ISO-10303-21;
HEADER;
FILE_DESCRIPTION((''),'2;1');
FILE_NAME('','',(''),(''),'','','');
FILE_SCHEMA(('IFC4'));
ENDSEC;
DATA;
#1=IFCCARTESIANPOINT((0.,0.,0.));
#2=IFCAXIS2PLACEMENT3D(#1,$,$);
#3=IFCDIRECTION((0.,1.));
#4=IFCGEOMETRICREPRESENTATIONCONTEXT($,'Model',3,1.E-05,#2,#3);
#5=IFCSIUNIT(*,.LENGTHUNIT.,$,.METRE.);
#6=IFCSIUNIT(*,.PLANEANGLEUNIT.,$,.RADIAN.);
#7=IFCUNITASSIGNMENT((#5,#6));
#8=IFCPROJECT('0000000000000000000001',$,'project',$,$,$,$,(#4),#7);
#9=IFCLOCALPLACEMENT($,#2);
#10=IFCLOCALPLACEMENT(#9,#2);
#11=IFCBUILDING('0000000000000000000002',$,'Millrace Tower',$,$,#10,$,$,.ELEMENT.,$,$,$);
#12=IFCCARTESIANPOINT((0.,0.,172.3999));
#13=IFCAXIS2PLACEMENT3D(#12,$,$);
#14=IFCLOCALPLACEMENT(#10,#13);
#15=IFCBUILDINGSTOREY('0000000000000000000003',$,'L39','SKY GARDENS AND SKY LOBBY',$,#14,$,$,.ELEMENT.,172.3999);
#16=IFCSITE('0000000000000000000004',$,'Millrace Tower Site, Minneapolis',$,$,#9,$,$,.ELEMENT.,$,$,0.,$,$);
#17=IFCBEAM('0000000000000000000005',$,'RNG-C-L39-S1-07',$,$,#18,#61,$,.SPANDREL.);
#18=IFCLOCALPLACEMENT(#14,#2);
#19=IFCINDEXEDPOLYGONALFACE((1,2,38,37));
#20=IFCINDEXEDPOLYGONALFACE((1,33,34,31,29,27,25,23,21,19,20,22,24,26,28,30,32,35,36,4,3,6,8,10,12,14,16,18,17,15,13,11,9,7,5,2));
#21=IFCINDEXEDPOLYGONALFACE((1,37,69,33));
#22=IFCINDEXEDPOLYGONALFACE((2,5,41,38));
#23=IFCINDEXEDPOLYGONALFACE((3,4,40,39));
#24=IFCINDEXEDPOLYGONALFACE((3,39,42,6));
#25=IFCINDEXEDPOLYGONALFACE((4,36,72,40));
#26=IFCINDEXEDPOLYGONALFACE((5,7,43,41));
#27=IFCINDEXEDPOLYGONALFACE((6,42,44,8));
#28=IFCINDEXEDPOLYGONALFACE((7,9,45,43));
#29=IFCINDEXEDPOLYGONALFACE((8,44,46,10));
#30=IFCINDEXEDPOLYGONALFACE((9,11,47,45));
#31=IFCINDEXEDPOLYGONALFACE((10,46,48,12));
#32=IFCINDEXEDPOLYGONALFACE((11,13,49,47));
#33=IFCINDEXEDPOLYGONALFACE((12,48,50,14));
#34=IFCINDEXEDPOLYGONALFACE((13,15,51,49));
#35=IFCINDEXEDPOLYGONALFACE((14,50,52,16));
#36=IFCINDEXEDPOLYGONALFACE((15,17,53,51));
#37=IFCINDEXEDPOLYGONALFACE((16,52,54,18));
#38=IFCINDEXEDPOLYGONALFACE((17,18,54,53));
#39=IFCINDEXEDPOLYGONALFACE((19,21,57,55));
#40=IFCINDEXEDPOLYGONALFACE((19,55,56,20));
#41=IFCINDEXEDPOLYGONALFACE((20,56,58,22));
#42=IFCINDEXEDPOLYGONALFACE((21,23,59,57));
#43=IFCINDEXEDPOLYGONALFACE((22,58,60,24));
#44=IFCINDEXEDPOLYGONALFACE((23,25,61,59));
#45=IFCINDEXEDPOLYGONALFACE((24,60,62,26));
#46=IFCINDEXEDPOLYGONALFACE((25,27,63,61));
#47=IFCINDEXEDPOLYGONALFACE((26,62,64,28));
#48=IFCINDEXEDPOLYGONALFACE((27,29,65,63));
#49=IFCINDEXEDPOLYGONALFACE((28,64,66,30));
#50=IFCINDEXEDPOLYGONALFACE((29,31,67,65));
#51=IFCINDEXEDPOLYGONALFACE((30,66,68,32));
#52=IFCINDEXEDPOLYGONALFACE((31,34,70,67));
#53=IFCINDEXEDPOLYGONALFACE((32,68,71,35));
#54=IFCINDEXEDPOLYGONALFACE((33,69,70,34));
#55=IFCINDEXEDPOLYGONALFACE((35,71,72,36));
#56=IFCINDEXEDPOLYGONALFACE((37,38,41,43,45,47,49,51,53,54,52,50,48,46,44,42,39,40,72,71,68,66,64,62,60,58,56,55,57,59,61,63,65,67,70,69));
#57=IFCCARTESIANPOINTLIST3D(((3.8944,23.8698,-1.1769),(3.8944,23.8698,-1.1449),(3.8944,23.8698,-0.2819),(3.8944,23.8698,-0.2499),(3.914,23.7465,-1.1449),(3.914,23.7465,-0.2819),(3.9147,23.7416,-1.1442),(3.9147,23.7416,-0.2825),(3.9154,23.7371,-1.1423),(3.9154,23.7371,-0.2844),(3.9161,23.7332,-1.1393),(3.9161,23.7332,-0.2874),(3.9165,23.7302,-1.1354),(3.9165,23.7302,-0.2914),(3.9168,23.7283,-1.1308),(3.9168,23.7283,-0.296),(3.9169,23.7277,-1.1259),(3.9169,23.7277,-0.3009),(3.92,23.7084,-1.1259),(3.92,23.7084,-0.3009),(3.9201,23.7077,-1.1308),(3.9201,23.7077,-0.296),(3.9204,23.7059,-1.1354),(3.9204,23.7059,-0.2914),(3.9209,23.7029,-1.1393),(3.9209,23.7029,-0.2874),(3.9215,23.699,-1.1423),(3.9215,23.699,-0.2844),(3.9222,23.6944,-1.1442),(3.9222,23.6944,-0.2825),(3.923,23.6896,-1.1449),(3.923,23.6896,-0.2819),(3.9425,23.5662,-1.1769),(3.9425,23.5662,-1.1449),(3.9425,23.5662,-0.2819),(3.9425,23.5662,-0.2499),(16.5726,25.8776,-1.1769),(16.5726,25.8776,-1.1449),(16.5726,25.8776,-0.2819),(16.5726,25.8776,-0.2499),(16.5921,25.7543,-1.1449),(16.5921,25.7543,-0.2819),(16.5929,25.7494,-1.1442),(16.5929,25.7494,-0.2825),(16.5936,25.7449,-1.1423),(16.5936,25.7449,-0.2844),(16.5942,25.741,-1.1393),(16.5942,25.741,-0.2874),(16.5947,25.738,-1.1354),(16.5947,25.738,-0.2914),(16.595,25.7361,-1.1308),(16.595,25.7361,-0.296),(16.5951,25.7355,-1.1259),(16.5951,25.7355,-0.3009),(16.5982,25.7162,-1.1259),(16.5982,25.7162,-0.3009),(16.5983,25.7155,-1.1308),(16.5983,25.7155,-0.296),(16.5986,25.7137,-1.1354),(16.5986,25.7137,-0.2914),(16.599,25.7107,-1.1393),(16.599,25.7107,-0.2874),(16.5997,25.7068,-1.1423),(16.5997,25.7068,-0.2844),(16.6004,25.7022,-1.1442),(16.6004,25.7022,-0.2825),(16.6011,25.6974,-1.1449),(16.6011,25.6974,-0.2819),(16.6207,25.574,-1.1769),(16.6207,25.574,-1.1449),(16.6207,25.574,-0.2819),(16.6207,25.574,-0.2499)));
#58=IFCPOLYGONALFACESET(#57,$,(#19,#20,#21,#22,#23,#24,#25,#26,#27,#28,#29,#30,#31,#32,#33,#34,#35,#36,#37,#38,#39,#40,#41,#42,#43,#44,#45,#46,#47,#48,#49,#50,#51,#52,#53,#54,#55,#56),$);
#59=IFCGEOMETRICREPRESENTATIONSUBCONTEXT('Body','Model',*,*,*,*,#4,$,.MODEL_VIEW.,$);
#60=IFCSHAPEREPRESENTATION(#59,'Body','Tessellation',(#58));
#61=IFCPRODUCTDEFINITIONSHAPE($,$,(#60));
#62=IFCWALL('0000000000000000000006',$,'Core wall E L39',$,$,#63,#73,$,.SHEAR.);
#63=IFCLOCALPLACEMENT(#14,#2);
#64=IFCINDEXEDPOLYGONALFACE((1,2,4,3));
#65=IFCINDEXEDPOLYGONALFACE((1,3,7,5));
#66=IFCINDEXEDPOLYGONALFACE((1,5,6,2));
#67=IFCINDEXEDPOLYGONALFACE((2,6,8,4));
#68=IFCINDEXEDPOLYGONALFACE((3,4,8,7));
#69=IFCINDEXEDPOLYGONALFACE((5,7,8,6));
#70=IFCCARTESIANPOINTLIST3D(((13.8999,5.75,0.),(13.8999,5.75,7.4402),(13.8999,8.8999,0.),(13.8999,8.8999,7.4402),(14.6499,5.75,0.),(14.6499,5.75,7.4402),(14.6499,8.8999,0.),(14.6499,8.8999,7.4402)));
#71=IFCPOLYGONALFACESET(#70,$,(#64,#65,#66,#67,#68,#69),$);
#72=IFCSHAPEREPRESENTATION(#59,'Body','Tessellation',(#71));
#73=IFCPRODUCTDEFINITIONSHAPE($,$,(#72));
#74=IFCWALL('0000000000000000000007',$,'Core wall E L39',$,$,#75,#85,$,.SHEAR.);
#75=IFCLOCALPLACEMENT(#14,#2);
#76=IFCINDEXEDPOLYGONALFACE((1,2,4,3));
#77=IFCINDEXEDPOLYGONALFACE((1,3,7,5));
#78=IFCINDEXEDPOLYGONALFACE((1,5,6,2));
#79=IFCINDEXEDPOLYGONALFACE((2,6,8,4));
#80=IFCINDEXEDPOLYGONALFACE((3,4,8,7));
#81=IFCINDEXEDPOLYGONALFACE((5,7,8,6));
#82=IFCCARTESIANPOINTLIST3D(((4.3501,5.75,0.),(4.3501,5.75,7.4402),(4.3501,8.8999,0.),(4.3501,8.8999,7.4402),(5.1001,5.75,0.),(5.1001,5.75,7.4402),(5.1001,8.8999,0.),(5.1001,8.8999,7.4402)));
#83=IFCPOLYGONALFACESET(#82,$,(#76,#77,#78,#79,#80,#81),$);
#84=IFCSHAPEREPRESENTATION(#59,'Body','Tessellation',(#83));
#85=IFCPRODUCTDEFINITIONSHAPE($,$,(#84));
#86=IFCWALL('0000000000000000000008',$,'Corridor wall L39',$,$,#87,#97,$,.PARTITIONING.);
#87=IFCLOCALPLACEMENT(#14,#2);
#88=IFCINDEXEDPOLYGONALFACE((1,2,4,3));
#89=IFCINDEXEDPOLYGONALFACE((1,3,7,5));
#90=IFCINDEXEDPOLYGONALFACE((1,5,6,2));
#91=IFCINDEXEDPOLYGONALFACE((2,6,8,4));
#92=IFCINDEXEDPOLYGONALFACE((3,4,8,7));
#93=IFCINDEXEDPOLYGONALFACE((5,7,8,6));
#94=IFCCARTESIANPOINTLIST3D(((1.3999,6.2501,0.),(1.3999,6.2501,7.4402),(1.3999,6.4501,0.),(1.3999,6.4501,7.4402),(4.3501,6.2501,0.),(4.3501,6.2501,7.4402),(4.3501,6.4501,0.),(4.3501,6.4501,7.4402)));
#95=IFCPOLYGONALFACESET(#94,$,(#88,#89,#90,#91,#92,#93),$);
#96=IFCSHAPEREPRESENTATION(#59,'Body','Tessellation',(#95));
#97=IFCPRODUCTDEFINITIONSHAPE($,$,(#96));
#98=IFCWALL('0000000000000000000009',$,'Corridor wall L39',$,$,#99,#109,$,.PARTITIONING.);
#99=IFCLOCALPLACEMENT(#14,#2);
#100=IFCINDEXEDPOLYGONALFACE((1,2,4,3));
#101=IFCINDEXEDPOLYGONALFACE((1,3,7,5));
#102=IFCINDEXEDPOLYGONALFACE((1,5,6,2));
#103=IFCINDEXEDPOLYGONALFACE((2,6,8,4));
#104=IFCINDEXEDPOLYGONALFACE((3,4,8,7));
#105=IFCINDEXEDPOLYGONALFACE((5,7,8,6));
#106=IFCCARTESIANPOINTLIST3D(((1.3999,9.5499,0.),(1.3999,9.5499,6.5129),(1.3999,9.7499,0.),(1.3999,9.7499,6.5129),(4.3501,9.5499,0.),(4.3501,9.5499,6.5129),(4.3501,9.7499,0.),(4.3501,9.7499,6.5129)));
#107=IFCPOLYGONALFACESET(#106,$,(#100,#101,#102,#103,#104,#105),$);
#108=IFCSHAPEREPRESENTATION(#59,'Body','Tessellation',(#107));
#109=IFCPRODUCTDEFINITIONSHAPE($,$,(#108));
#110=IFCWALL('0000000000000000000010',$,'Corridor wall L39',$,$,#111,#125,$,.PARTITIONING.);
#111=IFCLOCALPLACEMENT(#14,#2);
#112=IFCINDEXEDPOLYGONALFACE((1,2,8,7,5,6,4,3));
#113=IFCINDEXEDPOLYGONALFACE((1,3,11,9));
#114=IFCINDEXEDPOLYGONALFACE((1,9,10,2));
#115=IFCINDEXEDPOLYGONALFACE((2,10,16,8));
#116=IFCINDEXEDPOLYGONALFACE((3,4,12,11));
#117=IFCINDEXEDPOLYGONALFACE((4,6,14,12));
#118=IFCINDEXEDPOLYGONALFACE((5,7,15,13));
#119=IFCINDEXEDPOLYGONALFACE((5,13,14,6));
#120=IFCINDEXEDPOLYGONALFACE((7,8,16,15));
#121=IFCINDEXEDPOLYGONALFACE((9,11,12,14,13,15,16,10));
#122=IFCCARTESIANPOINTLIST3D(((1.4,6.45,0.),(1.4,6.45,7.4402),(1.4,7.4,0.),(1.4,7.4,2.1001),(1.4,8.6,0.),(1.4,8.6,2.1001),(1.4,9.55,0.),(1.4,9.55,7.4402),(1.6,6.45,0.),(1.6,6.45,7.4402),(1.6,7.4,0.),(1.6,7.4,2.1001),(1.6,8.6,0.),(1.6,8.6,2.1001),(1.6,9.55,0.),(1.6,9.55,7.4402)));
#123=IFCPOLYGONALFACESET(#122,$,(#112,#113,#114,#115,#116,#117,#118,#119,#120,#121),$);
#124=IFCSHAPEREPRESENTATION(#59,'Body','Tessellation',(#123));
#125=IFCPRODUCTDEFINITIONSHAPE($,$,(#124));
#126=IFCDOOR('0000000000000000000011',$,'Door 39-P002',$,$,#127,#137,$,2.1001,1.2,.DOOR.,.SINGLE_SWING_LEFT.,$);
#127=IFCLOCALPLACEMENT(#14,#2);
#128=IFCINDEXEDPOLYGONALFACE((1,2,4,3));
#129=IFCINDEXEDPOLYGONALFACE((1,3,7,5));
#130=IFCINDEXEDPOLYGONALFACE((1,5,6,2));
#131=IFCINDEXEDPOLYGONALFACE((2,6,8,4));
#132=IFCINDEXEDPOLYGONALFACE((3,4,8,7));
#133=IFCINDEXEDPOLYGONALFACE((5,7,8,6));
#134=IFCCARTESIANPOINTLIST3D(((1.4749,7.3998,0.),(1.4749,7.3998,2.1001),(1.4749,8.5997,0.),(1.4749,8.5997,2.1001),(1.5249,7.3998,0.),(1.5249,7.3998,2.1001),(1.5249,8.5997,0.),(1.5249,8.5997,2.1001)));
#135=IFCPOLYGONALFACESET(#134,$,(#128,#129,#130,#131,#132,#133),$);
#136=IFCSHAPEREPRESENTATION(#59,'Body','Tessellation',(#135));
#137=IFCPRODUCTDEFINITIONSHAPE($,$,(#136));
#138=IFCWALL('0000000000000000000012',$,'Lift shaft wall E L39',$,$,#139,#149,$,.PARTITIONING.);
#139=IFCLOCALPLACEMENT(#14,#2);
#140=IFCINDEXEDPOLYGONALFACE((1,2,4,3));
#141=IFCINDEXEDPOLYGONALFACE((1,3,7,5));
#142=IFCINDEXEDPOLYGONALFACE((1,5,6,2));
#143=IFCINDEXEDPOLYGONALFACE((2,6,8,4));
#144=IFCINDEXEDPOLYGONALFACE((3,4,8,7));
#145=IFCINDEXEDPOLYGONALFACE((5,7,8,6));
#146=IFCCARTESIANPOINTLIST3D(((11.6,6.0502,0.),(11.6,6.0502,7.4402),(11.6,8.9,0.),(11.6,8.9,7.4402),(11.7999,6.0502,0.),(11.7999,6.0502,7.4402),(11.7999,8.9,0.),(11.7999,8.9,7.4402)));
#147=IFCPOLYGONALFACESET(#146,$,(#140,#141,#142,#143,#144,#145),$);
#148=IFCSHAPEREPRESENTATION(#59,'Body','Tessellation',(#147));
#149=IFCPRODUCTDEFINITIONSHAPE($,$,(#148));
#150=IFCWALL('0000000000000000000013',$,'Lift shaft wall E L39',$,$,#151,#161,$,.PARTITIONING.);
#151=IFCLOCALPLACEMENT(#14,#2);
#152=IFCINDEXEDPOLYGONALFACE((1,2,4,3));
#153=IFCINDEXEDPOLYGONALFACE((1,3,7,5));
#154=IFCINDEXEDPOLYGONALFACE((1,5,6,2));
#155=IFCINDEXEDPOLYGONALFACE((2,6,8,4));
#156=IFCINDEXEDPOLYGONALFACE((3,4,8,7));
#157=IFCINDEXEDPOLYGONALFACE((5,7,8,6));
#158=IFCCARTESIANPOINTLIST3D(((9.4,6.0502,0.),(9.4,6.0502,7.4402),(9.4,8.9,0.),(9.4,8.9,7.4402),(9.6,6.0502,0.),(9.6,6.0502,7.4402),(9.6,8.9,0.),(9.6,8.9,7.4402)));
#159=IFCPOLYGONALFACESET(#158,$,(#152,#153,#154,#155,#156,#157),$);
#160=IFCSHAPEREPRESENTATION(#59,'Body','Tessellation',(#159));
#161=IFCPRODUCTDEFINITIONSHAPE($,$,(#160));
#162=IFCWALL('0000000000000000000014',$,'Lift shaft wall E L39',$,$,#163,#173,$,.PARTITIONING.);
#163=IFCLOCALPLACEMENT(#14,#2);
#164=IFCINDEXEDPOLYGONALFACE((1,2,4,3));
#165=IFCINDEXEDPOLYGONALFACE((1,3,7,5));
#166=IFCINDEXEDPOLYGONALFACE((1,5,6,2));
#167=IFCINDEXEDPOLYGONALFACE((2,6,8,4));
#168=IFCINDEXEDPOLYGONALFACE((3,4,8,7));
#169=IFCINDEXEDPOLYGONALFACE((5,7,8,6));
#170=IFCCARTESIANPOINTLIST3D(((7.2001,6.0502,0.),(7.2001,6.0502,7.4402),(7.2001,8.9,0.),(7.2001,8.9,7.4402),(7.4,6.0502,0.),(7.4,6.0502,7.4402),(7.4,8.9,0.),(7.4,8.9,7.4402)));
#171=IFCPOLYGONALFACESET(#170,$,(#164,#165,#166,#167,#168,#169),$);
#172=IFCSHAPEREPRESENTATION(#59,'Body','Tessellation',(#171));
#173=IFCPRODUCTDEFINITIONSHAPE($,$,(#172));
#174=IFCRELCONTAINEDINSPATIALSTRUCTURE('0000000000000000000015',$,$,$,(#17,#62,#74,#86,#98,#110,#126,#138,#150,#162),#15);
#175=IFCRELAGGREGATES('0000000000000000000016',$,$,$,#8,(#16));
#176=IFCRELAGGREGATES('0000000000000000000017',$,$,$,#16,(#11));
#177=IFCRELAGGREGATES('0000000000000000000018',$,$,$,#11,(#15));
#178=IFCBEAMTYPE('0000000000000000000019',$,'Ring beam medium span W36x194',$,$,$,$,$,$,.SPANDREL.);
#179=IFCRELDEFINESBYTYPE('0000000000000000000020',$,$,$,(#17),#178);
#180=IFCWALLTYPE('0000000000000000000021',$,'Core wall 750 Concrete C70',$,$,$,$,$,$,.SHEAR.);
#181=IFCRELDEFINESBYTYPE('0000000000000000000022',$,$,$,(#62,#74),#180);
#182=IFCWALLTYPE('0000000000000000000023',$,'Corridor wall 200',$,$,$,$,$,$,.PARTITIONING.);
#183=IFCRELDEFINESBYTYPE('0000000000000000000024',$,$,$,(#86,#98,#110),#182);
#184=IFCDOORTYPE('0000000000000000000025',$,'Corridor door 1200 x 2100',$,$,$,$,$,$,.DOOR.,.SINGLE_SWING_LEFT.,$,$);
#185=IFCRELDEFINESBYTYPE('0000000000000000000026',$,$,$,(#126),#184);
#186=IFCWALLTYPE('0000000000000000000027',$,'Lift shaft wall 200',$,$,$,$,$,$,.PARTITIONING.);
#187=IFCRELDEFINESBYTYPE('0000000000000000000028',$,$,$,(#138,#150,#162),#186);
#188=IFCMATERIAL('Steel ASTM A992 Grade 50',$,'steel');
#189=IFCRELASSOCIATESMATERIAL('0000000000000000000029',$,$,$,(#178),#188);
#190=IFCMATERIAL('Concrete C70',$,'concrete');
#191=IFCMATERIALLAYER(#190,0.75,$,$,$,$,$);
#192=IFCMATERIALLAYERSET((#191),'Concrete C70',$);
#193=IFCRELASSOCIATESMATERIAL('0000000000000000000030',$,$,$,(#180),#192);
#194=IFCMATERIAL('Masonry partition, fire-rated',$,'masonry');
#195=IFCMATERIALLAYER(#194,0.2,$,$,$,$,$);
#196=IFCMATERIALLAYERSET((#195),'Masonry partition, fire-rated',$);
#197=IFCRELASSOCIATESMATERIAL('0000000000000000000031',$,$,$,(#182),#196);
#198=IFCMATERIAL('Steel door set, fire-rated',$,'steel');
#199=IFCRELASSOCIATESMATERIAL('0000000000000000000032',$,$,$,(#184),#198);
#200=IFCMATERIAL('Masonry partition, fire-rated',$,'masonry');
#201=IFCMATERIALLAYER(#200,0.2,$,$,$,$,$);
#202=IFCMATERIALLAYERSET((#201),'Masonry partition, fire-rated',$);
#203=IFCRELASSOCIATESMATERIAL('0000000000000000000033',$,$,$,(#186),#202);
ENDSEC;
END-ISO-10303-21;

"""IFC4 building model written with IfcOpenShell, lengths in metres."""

from ifc_helpers import new_model, si_unit, direction, frame, frame_2d, origin, origin_2d, place, context, subcontext, project, spatial, rectangle, i_section, extrude, material, layer, layer_set, material_profile, profile_set, type_object, element, fill, save


model = new_model("IFC4")

# Units and contexts
model_context = context("Model", 3, precision=1e-05, world=origin(), true_north=direction((0.0, 1.0)))
body_context = subcontext(model_context, "Body", "Model", "MODEL_VIEW")
ifc_project = project(units=[si_unit("LENGTHUNIT", "METRE"), si_unit("PLANEANGLEUNIT", "RADIAN")], contexts=[model_context])

# Site, building, storey
site_placement = place(None, origin())
site = spatial("IfcSite", under=ifc_project, at=site_placement, Name="Millrace Tower Site, Minneapolis", CompositionType="ELEMENT", RefElevation=0.0)
building_placement = place(site_placement, origin())
building = spatial("IfcBuilding", under=site, at=building_placement, Name="Millrace Tower", CompositionType="ELEMENT")
storey_placement = place(building_placement, frame((0.0, 0.0, 172.3999)))
storey = spatial("IfcBuildingStorey", under=building, at=storey_placement, Name="L39", Description="SKY GARDENS AND SKY LOBBY", CompositionType="ELEMENT", Elevation=172.3999)

# Beam
ifc_material_1 = material(Name="Steel ASTM A992 Grade 50", Category="steel")
ifc_material_profile_1 = material_profile(ifc_material_1, i_section(OverallWidth=0.3074, OverallDepth=0.927, WebThickness=0.0195, FlangeThickness=0.032, FilletRadius=0.019, at=origin_2d()))
ifc_profile_set_1 = profile_set([ifc_material_profile_1], Name="Steel ASTM A992 Grade 50")
beam_type_1 = type_object("IfcBeamType", Name="Ring beam medium span W36x194", PredefinedType="SPANDREL", material=ifc_profile_set_1)
beam_1_placement = place(storey_placement, frame((3.9185, 23.718, -0.7134), z_axis=(0.987691, 0.156418, 0.0), x_axis=(-0.156418, 0.987691, 0.0)))
element("IfcBeam", 1, at=beam_1_placement, inside=storey, type_object=beam_type_1, Name="RNG-C-L39-S1-07", PredefinedType="SPANDREL", context=body_context, shape_type="SweptSolid", body=[
    extrude(i_section(OverallWidth=0.3074, OverallDepth=0.927, WebThickness=0.0195, FlangeThickness=0.032, FilletRadius=0.019, at=origin_2d()), origin(), (0.0, 0.0, 1.0), 12.8362),
])

# Walls
ifc_material_2 = material(Name="Concrete C70", Category="concrete")
ifc_layer_1 = layer(ifc_material_2, 0.75)
ifc_layer_set_1 = layer_set([ifc_layer_1], Name="Concrete C70")
wall_type_1 = type_object("IfcWallType", Name="Core wall 750 Concrete C70", PredefinedType="SHEAR", material=ifc_layer_set_1)
for number, where, z_axis, x_axis, name in (
    (2, (14.2749, 8.8999, 0.0), (0.0, 0.0, 1.0), (0.0, -1.0, 0.0), "Core wall E L39"),
    (3, (4.7251, 8.8999, 0.0), (0.0, 0.0, 1.0), (0.0, -1.0, 0.0), "Core wall E L39"),
):
    element("IfcWall", number, at=place(storey_placement, frame(where, z_axis=z_axis, x_axis=x_axis)), inside=storey, type_object=wall_type_1, Name=name, PredefinedType="SHEAR", context=body_context, shape_type="SweptSolid", body=[
        extrude(rectangle(XDim=3.1499, YDim=0.75, at=frame_2d((1.575, 0.0))), origin(), (0.0, 0.0, 1.0), 7.4402),
    ])
ifc_material_3 = material(Name="Masonry partition, fire-rated", Category="masonry")
ifc_layer_2 = layer(ifc_material_3, 0.2)
ifc_layer_set_2 = layer_set([ifc_layer_2], Name="Masonry partition, fire-rated")
wall_type_2 = type_object("IfcWallType", Name="Corridor wall 200", PredefinedType="PARTITIONING", material=ifc_layer_set_2)
wall_1_placement = place(storey_placement, frame((1.3999, 6.3501, 0.0), z_axis=(0.0, 0.0, 1.0), x_axis=(1.0, 0.0, 0.0)))
element("IfcWall", 4, at=wall_1_placement, inside=storey, type_object=wall_type_2, Name="Corridor wall L39", PredefinedType="PARTITIONING", context=body_context, shape_type="SweptSolid", body=[
    extrude(rectangle(XDim=2.9502, YDim=0.2, at=frame_2d((1.4751, 0.0))), origin(), (0.0, 0.0, 1.0), 7.4402),
])
wall_2_placement = place(storey_placement, frame((1.3999, 9.6499, 0.0), z_axis=(0.0, 0.0, 1.0), x_axis=(1.0, 0.0, 0.0)))
element("IfcWall", 5, at=wall_2_placement, inside=storey, type_object=wall_type_2, Name="Corridor wall L39", PredefinedType="PARTITIONING", context=body_context, shape_type="SweptSolid", body=[
    extrude(rectangle(XDim=2.9502, YDim=0.2, at=frame_2d((1.4751, 0.0))), origin(), (0.0, 0.0, 1.0), 6.5129),
])

# Wall, opening, door
wall_3_placement = place(storey_placement, frame((1.5, 6.45, 0.0), z_axis=(0.0, 0.0, 1.0), x_axis=(0.0, 1.0, 0.0)))
wall_3 = element("IfcWall", 6, at=wall_3_placement, inside=storey, type_object=wall_type_2, Name="Corridor wall L39", PredefinedType="PARTITIONING", context=body_context, shape_type="SweptSolid", body=[
    extrude(rectangle(XDim=3.1001, YDim=0.2, at=frame_2d((1.55, 0.0))), origin(), (0.0, 0.0, 1.0), 7.4402),
])
opening_placement = place(wall_3_placement, frame((0.95, 0.0, 0.0)))
opening = element("IfcOpeningElement", 7, at=opening_placement, cuts=wall_3, PredefinedType="OPENING", context=body_context, shape_type="SweptSolid", body=[
    extrude(rectangle(XDim=1.2, YDim=2.1001, at=frame_2d((0.6001, 1.05))), frame((0.0, 0.1099, 0.0), z_axis=(0.0, -1.0, 0.0), x_axis=(1.0, 0.0, 0.0)), (0.0, 0.0, 1.0), 0.22),
])
ifc_material_4 = material(Name="Steel door set, fire-rated", Category="steel")
door_type = type_object("IfcDoorType", Name="Corridor door 1200 x 2100", OperationType="SINGLE_SWING_LEFT", PredefinedType="DOOR", material=ifc_material_4)
door_placement = place(opening_placement, frame((1.2, 0.0, 0.0), z_axis=(0.0, 0.0, 1.0), x_axis=(-1.0, 0.0, 0.0)))
door = element("IfcDoor", 8, at=door_placement, inside=storey, type_object=door_type, Name="Door 39-P002", OperationType="SINGLE_SWING_LEFT", OverallHeight=2.1001, OverallWidth=1.2, PredefinedType="DOOR", context=body_context, shape_type="SweptSolid", body=[
    extrude(rectangle(XDim=1.2, YDim=2.1001, at=frame_2d((0.6001, 1.05))), frame((0.0, 0.0249, 0.0), z_axis=(0.0, -1.0, 0.0), x_axis=(1.0, 0.0, 0.0)), (0.0, 0.0, 1.0), 0.05),
])
fill(opening, door)

# Walls
ifc_material_5 = material(Name="Masonry partition, fire-rated", Category="masonry")
ifc_layer_3 = layer(ifc_material_5, 0.2)
ifc_layer_set_3 = layer_set([ifc_layer_3], Name="Masonry partition, fire-rated")
wall_type_3 = type_object("IfcWallType", Name="Lift shaft wall 200", PredefinedType="PARTITIONING", material=ifc_layer_set_3)
for number, where, z_axis, x_axis, name in (
    (9, (11.7, 8.8999, 0.0), (0.0, 0.0, 1.0), (0.0, -1.0, 0.0), "Lift shaft wall E L39"),
    (10, (9.5, 8.8999, 0.0), (0.0, 0.0, 1.0), (0.0, -1.0, 0.0), "Lift shaft wall E L39"),
    (11, (7.3, 8.8999, 0.0), (0.0, 0.0, 1.0), (0.0, -1.0, 0.0), "Lift shaft wall E L39"),
):
    element("IfcWall", number, at=place(storey_placement, frame(where, z_axis=z_axis, x_axis=x_axis)), inside=storey, type_object=wall_type_3, Name=name, PredefinedType="PARTITIONING", context=body_context, shape_type="SweptSolid", body=[
        extrude(rectangle(XDim=2.8499, YDim=0.2, at=frame_2d((1.4248, 0.0))), origin(), (0.0, 0.0, 1.0), 7.4402),
    ])

save(model, "model.ifc")
